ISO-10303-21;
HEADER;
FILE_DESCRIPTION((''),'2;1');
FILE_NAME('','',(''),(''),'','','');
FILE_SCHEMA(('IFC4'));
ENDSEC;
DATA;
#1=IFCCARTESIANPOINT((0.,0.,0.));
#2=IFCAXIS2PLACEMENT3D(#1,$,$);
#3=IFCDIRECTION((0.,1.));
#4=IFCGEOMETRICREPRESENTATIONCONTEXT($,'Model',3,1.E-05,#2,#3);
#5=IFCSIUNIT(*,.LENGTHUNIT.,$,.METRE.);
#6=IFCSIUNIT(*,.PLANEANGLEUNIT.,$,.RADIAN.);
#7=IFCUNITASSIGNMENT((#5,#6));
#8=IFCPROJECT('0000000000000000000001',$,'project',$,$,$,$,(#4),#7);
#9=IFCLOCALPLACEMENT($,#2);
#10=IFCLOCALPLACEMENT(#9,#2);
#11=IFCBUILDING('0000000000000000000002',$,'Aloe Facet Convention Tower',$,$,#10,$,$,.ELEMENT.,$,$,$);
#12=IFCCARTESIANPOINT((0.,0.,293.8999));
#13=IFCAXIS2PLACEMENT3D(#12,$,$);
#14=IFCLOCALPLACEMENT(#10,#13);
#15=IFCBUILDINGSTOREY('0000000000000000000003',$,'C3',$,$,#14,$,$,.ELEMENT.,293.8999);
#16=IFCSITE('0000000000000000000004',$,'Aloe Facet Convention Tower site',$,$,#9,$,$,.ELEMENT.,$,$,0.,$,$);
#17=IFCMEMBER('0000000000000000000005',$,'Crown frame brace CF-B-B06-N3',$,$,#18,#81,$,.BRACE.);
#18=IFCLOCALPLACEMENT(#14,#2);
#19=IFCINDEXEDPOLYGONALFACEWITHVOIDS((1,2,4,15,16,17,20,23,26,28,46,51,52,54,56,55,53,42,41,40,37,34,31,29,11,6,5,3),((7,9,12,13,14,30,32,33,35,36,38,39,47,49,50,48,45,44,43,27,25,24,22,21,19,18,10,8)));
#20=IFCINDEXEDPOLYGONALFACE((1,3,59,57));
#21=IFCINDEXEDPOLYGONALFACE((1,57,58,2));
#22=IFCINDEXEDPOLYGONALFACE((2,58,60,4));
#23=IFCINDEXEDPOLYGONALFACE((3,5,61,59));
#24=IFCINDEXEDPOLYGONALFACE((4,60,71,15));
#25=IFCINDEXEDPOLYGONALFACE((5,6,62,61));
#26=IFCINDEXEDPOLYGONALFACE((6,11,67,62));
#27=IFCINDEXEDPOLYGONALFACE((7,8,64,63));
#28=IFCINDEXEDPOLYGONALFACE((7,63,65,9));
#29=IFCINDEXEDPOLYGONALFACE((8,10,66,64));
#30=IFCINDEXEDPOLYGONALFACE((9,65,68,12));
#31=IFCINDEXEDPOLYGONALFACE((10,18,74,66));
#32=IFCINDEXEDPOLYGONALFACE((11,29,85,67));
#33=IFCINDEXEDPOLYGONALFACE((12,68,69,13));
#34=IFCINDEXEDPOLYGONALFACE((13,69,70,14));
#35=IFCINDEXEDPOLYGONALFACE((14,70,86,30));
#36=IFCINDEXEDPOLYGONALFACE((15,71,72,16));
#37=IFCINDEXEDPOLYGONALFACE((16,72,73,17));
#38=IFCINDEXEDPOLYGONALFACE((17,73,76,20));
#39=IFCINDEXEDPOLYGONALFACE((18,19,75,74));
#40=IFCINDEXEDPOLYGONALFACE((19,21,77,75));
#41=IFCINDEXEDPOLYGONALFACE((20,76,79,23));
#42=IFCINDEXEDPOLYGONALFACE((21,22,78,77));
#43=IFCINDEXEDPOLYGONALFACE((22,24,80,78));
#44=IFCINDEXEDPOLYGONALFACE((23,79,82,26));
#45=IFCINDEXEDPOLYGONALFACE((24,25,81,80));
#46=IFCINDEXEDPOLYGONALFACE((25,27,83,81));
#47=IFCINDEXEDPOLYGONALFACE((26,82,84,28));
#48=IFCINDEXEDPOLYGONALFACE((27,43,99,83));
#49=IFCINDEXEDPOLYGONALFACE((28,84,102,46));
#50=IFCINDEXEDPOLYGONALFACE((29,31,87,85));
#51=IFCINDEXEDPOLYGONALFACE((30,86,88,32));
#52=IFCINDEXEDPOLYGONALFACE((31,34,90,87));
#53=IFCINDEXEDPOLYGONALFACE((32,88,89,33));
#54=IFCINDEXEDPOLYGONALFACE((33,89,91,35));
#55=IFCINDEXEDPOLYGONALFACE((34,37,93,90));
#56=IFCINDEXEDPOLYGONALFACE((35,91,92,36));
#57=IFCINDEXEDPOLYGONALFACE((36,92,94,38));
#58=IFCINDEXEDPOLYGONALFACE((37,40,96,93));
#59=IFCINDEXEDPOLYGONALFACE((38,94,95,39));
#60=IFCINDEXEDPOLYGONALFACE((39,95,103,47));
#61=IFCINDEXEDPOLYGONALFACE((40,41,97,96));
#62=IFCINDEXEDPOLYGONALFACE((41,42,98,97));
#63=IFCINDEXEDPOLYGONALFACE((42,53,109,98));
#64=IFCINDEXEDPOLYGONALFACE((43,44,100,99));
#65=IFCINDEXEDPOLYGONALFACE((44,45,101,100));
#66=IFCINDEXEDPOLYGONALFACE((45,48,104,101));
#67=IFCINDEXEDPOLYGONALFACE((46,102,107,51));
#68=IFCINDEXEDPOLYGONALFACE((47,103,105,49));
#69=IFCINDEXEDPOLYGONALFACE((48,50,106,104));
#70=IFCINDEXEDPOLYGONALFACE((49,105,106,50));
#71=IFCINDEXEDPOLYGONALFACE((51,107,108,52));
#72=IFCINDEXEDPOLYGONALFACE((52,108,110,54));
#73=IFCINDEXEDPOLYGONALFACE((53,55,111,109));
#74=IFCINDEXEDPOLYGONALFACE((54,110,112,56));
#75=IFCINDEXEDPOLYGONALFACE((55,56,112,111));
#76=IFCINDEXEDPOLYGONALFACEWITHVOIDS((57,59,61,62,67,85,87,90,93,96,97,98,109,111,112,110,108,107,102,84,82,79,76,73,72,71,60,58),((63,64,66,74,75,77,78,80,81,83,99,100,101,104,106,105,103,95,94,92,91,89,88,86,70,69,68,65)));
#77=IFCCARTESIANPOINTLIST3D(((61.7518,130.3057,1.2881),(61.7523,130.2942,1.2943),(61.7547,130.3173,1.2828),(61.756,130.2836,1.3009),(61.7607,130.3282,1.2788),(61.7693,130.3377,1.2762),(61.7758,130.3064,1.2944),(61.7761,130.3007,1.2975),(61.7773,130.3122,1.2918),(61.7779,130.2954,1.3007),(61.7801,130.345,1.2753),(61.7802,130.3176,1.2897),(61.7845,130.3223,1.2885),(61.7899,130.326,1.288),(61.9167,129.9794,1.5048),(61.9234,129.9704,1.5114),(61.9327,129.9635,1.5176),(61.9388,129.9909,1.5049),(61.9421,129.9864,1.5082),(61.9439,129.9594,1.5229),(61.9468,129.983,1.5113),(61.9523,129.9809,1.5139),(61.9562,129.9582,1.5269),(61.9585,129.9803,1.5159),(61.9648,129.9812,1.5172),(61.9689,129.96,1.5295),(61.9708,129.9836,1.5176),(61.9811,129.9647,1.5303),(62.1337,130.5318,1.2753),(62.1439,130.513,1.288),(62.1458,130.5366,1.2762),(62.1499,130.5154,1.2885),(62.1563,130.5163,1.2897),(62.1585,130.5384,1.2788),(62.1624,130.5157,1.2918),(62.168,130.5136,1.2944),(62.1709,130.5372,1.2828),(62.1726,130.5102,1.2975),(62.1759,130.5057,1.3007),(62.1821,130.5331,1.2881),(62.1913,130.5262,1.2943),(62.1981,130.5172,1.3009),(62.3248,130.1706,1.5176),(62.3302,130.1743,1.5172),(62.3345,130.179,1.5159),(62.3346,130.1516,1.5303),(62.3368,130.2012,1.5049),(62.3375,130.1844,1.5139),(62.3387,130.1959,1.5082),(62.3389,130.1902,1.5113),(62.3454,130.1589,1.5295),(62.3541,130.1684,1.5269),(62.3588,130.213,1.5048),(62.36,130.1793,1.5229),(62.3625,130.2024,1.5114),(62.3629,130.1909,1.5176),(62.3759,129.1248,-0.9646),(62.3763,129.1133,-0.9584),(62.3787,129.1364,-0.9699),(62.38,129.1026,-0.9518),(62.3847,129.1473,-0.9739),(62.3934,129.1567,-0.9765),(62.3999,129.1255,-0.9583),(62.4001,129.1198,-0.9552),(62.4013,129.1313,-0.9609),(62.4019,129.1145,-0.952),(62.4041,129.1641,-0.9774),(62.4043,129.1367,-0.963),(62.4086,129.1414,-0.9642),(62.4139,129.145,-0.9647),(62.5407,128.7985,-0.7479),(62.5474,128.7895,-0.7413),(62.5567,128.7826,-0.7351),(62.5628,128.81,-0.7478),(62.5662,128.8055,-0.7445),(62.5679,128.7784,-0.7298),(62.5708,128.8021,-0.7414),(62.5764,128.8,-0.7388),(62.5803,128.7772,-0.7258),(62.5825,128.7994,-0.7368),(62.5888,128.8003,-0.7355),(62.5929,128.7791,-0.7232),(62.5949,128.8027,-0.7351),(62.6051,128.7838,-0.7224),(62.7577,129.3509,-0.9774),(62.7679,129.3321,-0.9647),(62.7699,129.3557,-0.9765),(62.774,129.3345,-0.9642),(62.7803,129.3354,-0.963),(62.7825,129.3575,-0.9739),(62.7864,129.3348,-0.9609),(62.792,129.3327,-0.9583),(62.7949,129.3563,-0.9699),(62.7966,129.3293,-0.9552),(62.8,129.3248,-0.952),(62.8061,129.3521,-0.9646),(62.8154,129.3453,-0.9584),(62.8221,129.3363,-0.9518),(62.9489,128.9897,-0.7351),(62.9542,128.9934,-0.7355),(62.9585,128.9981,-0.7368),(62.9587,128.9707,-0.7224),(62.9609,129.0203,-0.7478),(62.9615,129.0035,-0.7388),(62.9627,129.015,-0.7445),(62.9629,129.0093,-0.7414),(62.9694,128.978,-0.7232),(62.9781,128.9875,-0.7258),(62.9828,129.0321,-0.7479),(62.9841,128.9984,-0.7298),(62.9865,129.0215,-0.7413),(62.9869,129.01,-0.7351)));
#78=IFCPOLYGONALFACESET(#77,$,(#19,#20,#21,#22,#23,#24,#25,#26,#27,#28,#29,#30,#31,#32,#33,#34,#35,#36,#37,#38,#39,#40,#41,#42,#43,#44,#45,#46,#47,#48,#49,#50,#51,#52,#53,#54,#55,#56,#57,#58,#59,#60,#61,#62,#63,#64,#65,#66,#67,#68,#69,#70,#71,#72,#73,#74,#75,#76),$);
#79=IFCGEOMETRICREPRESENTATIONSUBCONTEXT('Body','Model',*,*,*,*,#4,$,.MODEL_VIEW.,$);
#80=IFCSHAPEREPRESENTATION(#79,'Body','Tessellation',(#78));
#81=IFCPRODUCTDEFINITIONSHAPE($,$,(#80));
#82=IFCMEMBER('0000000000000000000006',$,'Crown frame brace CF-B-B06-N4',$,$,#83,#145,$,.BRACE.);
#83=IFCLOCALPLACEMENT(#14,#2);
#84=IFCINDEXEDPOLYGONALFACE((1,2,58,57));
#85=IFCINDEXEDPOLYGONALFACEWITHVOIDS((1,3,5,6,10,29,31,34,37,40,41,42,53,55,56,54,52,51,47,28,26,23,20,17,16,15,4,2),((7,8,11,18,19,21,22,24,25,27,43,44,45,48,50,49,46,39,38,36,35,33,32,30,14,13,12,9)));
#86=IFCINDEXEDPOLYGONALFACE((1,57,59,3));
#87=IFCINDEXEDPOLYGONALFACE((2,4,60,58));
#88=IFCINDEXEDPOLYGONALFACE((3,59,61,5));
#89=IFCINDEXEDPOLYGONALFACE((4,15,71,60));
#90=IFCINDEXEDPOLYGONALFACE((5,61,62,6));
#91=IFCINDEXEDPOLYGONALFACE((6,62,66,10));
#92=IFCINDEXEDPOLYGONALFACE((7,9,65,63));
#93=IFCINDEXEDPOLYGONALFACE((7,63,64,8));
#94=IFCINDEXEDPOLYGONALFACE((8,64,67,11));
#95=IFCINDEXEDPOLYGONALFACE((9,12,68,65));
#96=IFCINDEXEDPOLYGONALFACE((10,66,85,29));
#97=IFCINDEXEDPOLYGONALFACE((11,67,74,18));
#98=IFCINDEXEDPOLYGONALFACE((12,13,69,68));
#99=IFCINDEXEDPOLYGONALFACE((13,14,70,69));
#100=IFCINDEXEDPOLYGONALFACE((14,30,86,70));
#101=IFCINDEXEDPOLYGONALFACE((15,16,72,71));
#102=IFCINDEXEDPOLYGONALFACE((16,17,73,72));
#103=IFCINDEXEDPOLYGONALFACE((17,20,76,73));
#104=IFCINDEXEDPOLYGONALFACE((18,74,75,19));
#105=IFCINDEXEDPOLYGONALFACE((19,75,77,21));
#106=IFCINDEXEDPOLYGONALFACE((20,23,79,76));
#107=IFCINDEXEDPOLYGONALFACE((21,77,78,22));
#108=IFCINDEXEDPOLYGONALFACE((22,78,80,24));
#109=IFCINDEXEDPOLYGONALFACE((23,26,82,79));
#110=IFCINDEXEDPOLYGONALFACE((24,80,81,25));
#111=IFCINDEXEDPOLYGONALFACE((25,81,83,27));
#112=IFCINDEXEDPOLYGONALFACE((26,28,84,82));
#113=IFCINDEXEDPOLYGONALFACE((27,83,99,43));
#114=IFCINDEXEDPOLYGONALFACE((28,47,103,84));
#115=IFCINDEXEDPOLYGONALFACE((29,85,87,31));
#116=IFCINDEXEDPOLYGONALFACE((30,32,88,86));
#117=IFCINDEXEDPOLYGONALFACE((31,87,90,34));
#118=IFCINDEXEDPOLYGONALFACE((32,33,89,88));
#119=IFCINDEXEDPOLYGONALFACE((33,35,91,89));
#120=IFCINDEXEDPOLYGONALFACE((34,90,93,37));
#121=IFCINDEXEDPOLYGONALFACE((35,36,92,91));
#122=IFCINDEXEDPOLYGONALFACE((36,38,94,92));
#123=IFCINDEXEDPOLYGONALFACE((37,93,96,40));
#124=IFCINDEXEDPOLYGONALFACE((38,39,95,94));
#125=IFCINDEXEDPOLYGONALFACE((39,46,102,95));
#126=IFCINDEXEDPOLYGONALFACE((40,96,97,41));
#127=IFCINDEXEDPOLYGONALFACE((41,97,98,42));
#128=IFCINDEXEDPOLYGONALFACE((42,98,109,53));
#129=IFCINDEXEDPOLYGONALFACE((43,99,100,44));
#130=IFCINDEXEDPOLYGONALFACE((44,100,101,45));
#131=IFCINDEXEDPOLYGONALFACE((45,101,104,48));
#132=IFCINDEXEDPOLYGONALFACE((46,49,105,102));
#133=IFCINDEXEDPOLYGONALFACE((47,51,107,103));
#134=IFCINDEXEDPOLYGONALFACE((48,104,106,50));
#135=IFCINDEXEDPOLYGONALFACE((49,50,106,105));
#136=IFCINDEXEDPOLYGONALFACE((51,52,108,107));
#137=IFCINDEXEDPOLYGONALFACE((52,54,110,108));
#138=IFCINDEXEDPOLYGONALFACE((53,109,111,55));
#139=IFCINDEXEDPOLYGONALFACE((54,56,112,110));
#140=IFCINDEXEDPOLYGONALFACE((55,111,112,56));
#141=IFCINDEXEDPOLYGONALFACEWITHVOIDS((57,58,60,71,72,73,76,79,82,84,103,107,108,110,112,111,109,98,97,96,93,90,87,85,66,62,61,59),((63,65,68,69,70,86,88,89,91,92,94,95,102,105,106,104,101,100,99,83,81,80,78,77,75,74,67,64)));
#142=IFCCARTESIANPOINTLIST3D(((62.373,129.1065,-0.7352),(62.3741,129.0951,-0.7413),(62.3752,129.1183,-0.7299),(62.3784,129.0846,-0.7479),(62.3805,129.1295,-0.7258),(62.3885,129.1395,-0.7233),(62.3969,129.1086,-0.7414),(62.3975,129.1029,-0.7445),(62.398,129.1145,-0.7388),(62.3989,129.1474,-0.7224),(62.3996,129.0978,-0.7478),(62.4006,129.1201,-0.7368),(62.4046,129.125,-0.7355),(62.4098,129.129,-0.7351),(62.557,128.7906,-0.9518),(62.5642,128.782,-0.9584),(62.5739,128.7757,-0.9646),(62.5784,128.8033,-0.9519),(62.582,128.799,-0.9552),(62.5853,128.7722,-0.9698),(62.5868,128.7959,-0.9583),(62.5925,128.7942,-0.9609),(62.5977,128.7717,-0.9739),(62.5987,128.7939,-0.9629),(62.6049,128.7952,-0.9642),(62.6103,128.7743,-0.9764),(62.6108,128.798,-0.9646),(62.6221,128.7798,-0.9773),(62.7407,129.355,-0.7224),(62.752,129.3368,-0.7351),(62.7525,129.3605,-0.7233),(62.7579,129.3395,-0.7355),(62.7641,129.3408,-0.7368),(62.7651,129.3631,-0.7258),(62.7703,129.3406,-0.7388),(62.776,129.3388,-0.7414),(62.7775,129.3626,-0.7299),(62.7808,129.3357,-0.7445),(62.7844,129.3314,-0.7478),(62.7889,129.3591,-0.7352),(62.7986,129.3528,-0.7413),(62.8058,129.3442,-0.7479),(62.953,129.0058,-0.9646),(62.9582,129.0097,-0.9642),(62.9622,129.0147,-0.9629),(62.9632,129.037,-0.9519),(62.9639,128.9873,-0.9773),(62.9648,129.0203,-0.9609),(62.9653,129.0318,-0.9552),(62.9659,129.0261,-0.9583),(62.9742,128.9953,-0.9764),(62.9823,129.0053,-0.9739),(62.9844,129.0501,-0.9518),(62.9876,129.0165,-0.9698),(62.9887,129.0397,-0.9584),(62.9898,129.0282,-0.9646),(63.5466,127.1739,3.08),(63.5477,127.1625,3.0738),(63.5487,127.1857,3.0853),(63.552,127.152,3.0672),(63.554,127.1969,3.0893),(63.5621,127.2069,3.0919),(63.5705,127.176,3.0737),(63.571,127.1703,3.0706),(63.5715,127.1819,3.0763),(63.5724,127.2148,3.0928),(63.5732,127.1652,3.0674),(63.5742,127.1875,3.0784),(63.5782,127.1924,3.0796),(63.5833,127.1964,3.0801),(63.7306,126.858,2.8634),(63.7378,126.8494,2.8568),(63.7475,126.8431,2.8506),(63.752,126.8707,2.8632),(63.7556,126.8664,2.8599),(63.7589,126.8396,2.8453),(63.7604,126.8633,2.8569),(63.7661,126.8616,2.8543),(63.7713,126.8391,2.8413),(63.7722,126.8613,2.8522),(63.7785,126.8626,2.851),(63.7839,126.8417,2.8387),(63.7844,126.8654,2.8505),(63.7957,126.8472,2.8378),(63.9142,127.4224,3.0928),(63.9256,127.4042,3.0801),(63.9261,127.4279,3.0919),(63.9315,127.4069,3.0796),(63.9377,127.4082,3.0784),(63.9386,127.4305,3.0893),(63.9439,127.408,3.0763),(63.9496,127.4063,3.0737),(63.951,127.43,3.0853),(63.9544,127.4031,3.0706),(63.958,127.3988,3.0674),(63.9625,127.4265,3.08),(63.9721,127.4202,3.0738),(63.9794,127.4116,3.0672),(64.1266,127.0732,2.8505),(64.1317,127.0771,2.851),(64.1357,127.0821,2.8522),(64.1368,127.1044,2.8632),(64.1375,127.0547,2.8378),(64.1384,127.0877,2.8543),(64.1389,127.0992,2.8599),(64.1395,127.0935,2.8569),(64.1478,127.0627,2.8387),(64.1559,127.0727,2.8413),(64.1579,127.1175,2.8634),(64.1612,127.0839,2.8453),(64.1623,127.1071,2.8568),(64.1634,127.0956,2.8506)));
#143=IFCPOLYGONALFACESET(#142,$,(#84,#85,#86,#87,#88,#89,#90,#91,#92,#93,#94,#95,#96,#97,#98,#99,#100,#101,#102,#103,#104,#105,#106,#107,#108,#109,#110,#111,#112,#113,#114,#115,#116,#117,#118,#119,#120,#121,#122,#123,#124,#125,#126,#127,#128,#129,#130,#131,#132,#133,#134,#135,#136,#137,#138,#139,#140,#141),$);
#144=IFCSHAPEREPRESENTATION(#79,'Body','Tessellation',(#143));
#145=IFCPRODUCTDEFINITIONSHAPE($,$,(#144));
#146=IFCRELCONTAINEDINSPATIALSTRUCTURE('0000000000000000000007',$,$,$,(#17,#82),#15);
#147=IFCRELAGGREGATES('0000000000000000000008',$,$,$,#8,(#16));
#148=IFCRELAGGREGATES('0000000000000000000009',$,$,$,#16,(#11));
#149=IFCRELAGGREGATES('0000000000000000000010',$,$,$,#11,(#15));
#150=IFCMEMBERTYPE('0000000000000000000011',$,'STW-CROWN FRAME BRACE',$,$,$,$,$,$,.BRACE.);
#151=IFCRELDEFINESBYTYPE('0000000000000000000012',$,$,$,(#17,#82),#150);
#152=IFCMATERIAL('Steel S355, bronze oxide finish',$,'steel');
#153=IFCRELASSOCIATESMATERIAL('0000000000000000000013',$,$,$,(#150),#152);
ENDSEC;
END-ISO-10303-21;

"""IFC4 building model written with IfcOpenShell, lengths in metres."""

from ifc_helpers import new_model, si_unit, direction, frame, origin, origin_2d, place, context, subcontext, project, spatial, hollow_rectangle, extrude, material, material_profile, profile_set, type_object, element, save


model = new_model("IFC4")

# Units and contexts
model_context = context("Model", 3, precision=1e-05, world=origin(), true_north=direction((0.0, 1.0)))
body_context = subcontext(model_context, "Body", "Model", "MODEL_VIEW")
ifc_project = project(units=[si_unit("LENGTHUNIT", "METRE"), si_unit("PLANEANGLEUNIT", "RADIAN")], contexts=[model_context])

# Site, building, storey
site_placement = place(None, origin())
site = spatial("IfcSite", under=ifc_project, at=site_placement, Name="Aloe Facet Convention Tower site", CompositionType="ELEMENT", RefElevation=0.0)
building_placement = place(site_placement, origin())
building = spatial("IfcBuilding", under=site, at=building_placement, Name="Aloe Facet Convention Tower", CompositionType="ELEMENT")
storey_placement = place(building_placement, frame((0.0, 0.0, 293.8999)))
storey = spatial("IfcBuildingStorey", under=building, at=storey_placement, Name="C3", CompositionType="ELEMENT", Elevation=293.8999)

# Members
ifc_material_1 = material(Name="Steel S355, bronze oxide finish", Category="steel")
ifc_material_profile_1 = material_profile(ifc_material_1, hollow_rectangle(XDim=0.5, YDim=0.5, WallThickness=0.0249, InnerFilletRadius=0.0249, OuterFilletRadius=0.05, at=origin_2d()), Name="SHS 500x500x25")
ifc_profile_set_1 = profile_set([ifc_material_profile_1], Name="Steel S355, bronze oxide finish")
member_type_1 = type_object("IfcMemberType", Name="STW-CROWN FRAME BRACE", PredefinedType="BRACE", material=ifc_profile_set_1)
member_1_placement = place(storey_placement, frame((62.6814, 129.0674, -0.8499), z_axis=(-0.238279, 0.450921, 0.860171), x_axis=(-0.884148, -0.467207, 0.0)))
element("IfcMember", 1, at=member_1_placement, inside=storey, type_object=member_type_1, Name="Crown frame brace CF-B-B06-N3", PredefinedType="BRACE", context=body_context, shape_type="SweptSolid", body=[
    extrude(hollow_rectangle(XDim=0.5, YDim=0.5, WallThickness=0.0249, InnerFilletRadius=0.0249, OuterFilletRadius=0.05, at=origin_2d()), origin(), (0.0, 0.0, 1.0), 2.6189),
])
member_2_placement = place(storey_placement, frame((62.6814, 129.0674, -0.8499), z_axis=(0.264627, -0.435779, 0.860273), x_axis=(0.854746, 0.519046, 0.0)))
element("IfcMember", 2, at=member_2_placement, inside=storey, type_object=member_type_1, Name="Crown frame brace CF-B-B06-N4", PredefinedType="BRACE", context=body_context, shape_type="SweptSolid", body=[
    extrude(hollow_rectangle(XDim=0.5, YDim=0.5, WallThickness=0.0249, InnerFilletRadius=0.0249, OuterFilletRadius=0.05, at=origin_2d()), origin(), (0.0, 0.0, 1.0), 4.4348),
])

save(model, "model.ifc")
